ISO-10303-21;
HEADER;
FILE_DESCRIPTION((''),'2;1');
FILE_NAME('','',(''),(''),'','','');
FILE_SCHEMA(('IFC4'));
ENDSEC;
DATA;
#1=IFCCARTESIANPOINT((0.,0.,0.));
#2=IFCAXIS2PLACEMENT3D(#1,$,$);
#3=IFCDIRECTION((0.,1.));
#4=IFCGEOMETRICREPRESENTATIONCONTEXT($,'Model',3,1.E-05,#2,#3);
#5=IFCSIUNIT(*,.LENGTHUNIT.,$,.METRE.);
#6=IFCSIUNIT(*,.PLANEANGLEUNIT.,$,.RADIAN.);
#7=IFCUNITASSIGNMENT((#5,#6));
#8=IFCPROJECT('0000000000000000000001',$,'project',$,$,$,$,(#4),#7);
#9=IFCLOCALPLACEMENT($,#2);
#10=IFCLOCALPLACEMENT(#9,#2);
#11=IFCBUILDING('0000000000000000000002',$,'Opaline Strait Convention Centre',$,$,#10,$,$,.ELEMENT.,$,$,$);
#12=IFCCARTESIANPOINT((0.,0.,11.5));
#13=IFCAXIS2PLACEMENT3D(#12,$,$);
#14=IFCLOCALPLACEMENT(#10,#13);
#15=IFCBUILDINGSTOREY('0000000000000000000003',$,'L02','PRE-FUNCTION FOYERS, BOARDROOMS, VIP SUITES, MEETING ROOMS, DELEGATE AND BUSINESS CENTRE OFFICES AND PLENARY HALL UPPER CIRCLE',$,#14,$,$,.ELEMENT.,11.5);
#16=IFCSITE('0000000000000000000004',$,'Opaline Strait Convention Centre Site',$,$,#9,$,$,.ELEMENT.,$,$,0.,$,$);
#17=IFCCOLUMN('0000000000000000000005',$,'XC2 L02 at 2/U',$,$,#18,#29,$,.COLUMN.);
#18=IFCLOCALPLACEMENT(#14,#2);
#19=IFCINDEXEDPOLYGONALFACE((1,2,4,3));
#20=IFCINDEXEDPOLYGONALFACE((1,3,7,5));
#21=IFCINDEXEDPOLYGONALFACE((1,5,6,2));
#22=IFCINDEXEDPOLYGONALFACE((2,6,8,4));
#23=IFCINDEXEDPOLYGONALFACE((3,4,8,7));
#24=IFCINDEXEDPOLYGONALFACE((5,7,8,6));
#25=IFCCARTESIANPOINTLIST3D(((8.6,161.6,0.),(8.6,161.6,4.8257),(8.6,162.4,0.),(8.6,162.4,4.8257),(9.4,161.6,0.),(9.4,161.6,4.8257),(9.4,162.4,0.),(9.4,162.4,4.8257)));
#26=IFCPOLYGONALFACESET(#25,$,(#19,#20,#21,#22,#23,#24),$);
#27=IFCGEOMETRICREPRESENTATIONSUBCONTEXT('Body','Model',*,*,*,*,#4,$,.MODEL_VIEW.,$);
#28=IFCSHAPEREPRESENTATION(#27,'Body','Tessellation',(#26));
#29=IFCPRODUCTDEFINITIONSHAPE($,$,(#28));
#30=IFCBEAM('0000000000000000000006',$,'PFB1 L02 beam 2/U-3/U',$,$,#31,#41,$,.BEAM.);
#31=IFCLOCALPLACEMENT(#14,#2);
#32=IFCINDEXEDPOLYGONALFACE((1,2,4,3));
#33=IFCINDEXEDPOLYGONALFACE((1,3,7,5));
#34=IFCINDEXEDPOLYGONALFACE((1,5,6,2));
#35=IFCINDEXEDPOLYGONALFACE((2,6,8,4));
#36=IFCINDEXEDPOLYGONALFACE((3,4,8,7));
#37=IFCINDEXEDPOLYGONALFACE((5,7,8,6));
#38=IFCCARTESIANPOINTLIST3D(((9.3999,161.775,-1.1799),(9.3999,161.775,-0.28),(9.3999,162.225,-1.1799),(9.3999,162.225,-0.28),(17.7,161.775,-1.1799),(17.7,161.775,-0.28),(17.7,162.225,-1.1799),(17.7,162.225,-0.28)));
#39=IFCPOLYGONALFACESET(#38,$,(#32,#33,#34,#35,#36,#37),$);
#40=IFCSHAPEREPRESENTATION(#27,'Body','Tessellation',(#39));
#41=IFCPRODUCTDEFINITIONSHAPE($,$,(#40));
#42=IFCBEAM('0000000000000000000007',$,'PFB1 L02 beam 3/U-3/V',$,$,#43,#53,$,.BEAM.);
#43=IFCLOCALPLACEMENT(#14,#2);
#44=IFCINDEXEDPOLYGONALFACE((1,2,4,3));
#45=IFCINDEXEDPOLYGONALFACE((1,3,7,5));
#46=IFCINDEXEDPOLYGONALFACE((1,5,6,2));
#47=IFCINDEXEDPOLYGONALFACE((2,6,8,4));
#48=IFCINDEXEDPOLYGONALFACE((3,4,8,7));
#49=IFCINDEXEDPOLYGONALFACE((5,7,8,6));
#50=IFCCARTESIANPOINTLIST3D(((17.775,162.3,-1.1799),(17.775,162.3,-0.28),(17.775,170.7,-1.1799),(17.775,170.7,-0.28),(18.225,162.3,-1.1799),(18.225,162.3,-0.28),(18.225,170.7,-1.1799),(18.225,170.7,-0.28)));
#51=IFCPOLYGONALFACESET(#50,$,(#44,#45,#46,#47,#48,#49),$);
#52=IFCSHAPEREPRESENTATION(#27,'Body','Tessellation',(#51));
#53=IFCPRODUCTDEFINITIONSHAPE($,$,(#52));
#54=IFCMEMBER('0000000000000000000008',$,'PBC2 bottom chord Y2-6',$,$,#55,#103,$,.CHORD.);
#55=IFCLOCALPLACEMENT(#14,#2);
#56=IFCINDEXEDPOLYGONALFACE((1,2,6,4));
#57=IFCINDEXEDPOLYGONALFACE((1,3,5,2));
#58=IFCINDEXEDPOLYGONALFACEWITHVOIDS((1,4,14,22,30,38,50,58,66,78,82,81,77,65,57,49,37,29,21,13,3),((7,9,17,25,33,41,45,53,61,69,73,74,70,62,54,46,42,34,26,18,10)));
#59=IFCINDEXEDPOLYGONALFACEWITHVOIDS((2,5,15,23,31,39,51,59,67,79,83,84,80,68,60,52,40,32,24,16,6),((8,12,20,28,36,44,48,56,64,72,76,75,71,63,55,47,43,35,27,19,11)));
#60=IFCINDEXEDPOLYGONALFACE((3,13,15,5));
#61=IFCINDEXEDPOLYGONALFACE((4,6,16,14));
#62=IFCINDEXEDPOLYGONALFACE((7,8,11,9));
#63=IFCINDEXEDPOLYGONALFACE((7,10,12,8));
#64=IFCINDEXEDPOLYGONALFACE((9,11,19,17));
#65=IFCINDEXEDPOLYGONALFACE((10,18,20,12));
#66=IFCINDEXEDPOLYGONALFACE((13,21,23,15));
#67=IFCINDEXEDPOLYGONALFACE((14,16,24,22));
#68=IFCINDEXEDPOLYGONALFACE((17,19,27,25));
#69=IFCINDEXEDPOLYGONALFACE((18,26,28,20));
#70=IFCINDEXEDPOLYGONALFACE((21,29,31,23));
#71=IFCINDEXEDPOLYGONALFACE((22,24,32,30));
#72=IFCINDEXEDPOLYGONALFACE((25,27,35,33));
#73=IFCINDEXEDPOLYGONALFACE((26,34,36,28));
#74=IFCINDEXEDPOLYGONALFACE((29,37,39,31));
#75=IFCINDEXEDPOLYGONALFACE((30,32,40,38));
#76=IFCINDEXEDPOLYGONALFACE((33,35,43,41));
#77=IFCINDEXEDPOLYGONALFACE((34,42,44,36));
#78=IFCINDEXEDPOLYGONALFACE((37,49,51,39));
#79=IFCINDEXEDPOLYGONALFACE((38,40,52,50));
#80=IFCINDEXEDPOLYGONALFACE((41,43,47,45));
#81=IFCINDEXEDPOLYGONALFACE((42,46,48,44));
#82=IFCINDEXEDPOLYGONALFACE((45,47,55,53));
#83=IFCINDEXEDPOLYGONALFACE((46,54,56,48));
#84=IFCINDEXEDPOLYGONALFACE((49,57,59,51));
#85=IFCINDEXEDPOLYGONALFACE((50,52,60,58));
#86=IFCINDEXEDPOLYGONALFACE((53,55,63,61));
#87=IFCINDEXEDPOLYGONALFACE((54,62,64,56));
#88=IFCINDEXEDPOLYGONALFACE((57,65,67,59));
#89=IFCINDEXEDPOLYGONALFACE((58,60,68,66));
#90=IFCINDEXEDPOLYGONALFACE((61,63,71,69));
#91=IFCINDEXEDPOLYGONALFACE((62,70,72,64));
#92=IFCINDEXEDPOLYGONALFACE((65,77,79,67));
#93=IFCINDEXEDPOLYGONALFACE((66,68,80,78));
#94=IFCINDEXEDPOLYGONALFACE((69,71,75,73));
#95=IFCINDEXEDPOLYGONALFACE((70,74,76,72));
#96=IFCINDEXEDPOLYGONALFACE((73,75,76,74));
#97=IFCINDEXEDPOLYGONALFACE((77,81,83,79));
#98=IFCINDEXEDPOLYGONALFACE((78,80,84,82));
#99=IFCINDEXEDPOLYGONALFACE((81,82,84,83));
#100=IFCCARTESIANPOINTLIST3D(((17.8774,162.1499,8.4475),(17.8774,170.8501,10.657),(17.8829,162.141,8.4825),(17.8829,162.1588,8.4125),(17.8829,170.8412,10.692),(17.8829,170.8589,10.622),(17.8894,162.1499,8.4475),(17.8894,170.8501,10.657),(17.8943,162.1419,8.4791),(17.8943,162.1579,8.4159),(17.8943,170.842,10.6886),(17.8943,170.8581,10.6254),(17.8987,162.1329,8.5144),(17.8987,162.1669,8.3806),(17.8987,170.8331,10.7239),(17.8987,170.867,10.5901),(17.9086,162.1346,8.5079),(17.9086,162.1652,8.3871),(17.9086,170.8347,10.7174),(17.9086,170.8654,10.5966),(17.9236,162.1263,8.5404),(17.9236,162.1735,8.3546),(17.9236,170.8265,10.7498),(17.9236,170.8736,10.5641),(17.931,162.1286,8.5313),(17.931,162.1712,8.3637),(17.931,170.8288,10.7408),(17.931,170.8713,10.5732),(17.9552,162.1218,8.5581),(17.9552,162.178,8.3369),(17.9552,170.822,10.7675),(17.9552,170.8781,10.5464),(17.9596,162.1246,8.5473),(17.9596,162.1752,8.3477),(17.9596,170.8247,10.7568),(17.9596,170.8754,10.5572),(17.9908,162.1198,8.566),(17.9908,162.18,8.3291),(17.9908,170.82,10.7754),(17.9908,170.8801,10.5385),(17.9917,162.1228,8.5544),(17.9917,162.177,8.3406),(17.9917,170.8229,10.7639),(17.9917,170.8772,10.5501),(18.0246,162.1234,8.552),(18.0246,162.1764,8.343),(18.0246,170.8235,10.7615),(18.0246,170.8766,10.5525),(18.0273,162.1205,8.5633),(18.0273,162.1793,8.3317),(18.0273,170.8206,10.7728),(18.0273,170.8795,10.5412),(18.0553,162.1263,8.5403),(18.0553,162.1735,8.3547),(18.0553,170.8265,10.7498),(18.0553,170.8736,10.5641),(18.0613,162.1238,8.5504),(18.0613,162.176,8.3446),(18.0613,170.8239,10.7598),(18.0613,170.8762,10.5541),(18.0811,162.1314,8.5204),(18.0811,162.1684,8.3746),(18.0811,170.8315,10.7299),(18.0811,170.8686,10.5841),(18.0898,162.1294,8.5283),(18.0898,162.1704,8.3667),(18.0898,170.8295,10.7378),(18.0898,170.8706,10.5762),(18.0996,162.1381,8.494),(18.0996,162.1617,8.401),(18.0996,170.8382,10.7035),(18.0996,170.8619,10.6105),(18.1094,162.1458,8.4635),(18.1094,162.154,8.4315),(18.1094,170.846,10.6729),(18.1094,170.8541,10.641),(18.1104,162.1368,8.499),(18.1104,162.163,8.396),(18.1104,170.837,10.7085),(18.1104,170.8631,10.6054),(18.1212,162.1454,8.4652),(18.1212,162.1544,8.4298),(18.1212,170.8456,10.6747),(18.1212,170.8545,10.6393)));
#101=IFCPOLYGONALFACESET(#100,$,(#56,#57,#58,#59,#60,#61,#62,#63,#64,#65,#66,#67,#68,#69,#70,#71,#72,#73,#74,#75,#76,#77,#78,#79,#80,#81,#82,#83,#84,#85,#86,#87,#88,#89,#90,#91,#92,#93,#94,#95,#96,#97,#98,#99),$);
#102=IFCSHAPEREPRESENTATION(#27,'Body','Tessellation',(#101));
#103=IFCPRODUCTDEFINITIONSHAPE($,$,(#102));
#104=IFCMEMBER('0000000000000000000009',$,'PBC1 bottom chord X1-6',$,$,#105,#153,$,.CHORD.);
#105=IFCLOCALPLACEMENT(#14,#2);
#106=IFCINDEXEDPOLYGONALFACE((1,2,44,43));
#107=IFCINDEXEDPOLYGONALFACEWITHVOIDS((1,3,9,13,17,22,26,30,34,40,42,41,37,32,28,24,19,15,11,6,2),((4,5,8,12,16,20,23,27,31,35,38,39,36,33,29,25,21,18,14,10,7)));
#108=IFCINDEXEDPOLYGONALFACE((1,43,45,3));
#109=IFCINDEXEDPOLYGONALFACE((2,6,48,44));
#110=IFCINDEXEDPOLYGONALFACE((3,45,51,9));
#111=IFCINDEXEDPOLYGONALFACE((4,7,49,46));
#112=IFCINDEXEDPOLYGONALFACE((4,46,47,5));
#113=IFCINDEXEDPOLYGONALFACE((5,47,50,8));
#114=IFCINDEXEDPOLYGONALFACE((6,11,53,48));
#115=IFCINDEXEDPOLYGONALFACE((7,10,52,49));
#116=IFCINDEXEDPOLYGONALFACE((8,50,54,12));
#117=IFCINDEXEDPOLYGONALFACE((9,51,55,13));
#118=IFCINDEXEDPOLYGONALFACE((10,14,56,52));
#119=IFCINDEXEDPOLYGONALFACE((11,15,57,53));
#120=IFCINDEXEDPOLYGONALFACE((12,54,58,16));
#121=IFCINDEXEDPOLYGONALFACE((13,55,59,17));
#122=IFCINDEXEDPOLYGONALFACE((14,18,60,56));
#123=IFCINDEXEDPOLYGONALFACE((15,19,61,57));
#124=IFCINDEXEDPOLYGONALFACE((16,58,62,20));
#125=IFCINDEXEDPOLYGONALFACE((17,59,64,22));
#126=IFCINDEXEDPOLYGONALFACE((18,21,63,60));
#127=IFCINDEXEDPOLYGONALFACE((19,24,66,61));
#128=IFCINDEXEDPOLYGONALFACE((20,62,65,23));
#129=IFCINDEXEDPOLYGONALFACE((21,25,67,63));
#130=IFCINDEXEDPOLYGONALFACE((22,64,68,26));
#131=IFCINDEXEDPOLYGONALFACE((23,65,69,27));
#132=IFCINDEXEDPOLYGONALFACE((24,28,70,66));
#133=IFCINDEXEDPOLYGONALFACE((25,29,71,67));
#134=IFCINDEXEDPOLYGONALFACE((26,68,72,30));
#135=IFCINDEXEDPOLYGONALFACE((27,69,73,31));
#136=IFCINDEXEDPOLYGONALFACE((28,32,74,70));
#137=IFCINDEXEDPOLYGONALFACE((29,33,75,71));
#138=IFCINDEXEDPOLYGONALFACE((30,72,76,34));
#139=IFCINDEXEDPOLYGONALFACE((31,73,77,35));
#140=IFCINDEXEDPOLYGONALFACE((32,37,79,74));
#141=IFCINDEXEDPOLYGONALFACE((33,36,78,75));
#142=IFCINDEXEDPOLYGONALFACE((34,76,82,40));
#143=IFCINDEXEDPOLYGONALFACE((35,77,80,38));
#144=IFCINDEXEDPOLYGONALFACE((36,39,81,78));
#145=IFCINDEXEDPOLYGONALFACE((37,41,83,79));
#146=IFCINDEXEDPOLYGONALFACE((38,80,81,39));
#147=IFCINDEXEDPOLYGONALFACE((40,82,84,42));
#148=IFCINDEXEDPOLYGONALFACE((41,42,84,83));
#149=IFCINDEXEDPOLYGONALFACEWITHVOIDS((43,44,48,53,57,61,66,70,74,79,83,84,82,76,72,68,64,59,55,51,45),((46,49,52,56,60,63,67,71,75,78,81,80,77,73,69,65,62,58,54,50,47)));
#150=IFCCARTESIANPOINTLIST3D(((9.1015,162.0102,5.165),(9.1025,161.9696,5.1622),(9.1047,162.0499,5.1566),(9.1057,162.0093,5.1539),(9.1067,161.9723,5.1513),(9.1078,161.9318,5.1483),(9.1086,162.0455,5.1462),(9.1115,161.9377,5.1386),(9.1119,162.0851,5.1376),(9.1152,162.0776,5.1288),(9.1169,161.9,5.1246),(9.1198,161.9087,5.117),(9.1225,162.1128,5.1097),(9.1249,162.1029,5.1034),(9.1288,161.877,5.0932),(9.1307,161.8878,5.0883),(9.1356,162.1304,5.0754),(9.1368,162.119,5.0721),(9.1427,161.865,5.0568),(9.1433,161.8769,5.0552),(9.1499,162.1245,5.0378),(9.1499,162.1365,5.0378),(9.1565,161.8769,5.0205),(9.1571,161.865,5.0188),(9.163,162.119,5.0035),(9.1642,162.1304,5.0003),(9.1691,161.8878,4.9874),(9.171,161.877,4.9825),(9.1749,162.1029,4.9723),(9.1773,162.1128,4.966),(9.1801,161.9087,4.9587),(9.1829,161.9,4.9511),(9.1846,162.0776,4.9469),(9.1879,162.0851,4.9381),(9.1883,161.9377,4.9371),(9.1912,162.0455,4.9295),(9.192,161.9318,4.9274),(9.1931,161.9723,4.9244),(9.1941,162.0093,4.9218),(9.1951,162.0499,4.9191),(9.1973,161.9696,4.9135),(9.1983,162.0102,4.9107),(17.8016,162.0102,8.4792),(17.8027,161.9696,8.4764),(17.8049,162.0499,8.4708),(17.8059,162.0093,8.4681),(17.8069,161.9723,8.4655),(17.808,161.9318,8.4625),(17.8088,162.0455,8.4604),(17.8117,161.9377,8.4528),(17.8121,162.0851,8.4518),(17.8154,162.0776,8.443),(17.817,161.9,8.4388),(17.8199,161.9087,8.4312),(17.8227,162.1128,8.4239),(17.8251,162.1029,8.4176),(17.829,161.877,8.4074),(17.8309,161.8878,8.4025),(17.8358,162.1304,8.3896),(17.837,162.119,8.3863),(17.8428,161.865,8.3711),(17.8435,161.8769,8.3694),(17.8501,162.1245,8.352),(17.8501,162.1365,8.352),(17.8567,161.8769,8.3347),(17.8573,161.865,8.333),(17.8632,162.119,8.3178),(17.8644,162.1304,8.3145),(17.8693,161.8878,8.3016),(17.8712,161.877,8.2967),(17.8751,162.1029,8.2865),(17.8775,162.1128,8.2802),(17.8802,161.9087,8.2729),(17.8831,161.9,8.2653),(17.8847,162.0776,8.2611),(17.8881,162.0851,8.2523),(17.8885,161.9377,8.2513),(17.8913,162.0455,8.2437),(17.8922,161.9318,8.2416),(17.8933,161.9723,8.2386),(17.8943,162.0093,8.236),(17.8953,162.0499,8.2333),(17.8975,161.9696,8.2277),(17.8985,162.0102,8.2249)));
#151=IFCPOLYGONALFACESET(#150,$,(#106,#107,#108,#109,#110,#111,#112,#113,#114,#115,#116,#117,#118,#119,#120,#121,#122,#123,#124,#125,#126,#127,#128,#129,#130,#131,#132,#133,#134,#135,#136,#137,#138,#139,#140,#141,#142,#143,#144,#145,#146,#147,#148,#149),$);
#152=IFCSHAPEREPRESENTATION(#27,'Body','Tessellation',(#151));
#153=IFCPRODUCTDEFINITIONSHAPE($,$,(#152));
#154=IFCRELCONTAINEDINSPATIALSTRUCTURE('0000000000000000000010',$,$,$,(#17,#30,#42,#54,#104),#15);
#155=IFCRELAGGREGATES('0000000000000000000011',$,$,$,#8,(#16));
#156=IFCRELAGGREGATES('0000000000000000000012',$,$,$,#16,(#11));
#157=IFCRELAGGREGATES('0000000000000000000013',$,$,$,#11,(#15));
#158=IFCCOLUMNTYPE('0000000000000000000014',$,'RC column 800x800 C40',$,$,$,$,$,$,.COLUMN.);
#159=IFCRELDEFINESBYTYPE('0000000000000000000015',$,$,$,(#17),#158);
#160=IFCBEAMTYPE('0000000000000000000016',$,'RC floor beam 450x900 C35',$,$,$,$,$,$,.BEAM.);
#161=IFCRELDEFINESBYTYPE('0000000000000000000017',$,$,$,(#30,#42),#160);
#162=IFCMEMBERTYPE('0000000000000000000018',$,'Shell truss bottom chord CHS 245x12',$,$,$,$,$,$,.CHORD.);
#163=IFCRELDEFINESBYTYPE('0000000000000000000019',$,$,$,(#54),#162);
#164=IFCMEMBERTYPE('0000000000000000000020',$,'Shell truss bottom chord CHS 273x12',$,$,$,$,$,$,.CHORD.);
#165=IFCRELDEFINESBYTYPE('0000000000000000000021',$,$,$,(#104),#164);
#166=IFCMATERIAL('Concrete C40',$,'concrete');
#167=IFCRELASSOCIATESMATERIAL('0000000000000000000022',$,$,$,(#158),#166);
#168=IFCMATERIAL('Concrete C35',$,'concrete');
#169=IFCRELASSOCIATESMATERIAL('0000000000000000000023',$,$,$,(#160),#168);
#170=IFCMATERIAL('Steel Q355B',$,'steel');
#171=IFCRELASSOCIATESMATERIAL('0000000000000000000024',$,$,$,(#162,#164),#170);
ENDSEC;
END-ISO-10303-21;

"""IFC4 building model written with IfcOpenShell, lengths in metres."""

from ifc_helpers import new_model, si_unit, direction, frame, origin, origin_2d, place, context, subcontext, project, spatial, rectangle, hollow_circle, extrude, material, material_profile, profile_set, type_object, element, save


model = new_model("IFC4")

# Units and contexts
model_context = context("Model", 3, precision=1e-05, world=origin(), true_north=direction((0.0, 1.0)))
body_context = subcontext(model_context, "Body", "Model", "MODEL_VIEW")
ifc_project = project(units=[si_unit("LENGTHUNIT", "METRE"), si_unit("PLANEANGLEUNIT", "RADIAN")], contexts=[model_context])

# Site, building, storey
site_placement = place(None, origin())
site = spatial("IfcSite", under=ifc_project, at=site_placement, Name="Opaline Strait Convention Centre Site", CompositionType="ELEMENT", RefElevation=0.0)
building_placement = place(site_placement, origin())
building = spatial("IfcBuilding", under=site, at=building_placement, Name="Opaline Strait Convention Centre", CompositionType="ELEMENT")
storey_placement = place(building_placement, frame((0.0, 0.0, 11.5)))
storey = spatial("IfcBuildingStorey", under=building, at=storey_placement, Name="L02", Description="PRE-FUNCTION FOYERS, BOARDROOMS, VIP SUITES, MEETING ROOMS, DELEGATE AND BUSINESS CENTRE OFFICES AND PLENARY HALL UPPER CIRCLE", CompositionType="ELEMENT", Elevation=11.5)

# Column
ifc_material_1 = material(Name="Concrete C40", Category="concrete")
ifc_material_profile_1 = material_profile(ifc_material_1, rectangle(XDim=0.8, YDim=0.8, at=origin_2d()), Name="RC 800x800")
ifc_profile_set_1 = profile_set([ifc_material_profile_1], Name="Concrete C40")
column_type = type_object("IfcColumnType", Name="RC column 800x800 C40", PredefinedType="COLUMN", material=ifc_profile_set_1)
column_placement = place(storey_placement, frame((9.0, 162.0, 0.0), z_axis=(0.0, 0.0, 1.0), x_axis=(1.0, 0.0, 0.0)))
element("IfcColumn", 1, at=column_placement, inside=storey, type_object=column_type, Name="XC2 L02 at 2/U", PredefinedType="COLUMN", context=body_context, shape_type="SweptSolid", body=[
    extrude(rectangle(XDim=0.8, YDim=0.8, at=origin_2d()), origin(), (0.0, 0.0, 1.0), 4.8257),
])

# Beams
ifc_material_2 = material(Name="Concrete C35", Category="concrete")
ifc_material_profile_2 = material_profile(ifc_material_2, rectangle(XDim=0.45, YDim=0.8999, at=origin_2d()), Name="RC 450x900")
ifc_profile_set_2 = profile_set([ifc_material_profile_2], Name="Concrete C35")
beam_type = type_object("IfcBeamType", Name="RC floor beam 450x900 C35", PredefinedType="BEAM", material=ifc_profile_set_2)
beam_1_placement = place(storey_placement, frame((9.3999, 162.0, -0.73), z_axis=(1.0, 0.0, 0.0), x_axis=(0.0, 1.0, 0.0)))
element("IfcBeam", 2, at=beam_1_placement, inside=storey, type_object=beam_type, Name="PFB1 L02 beam 2/U-3/U", PredefinedType="BEAM", context=body_context, shape_type="SweptSolid", body=[
    extrude(rectangle(XDim=0.45, YDim=0.8999, at=origin_2d()), origin(), (0.0, 0.0, 1.0), 8.3),
])
beam_2_placement = place(storey_placement, frame((18.0, 162.3, -0.73), z_axis=(0.0, 1.0, 0.0), x_axis=(-1.0, 0.0, 0.0)))
element("IfcBeam", 3, at=beam_2_placement, inside=storey, type_object=beam_type, Name="PFB1 L02 beam 3/U-3/V", PredefinedType="BEAM", context=body_context, shape_type="SweptSolid", body=[
    extrude(rectangle(XDim=0.45, YDim=0.8999, at=origin_2d()), origin(), (0.0, 0.0, 1.0), 8.3999),
])

# Members
ifc_material_3 = material(Name="Steel Q355B", Category="steel")
ifc_material_profile_3 = material_profile(ifc_material_3, hollow_circle(Radius=0.1226, WallThickness=0.012, at=origin_2d()), Name="CHS 245x12")
ifc_profile_set_3 = profile_set([ifc_material_profile_3], Name="Steel Q355B")
member_type_1 = type_object("IfcMemberType", Name="Shell truss bottom chord CHS 245x12", PredefinedType="CHORD", material=ifc_profile_set_3)
member_1_placement = place(storey_placement, frame((18.0, 162.1499, 8.4475), z_axis=(0.0, 0.969233, 0.246143), x_axis=(-1.0, 0.0, 0.0)))
element("IfcMember", 4, at=member_1_placement, inside=storey, type_object=member_type_1, Name="PBC2 bottom chord Y2-6", PredefinedType="CHORD", context=body_context, shape_type="SweptSolid", body=[
    extrude(hollow_circle(Radius=0.1226, WallThickness=0.012, at=origin_2d()), origin(), (0.0, 0.0, 1.0), 8.9763),
])
ifc_material_profile_4 = material_profile(ifc_material_3, hollow_circle(Radius=0.1365, WallThickness=0.012, at=origin_2d()), Name="CHS 273x12")
ifc_profile_set_4 = profile_set([ifc_material_profile_4], Name="Steel Q355B")
member_type_2 = type_object("IfcMemberType", Name="Shell truss bottom chord CHS 273x12", PredefinedType="CHORD", material=ifc_profile_set_4)
member_2_placement = place(storey_placement, frame((9.1499, 162.0, 5.0378), z_axis=(0.934493, 0.0, 0.355981), x_axis=(0.0, 1.0, 0.0)))
element("IfcMember", 5, at=member_2_placement, inside=storey, type_object=member_type_2, Name="PBC1 bottom chord X1-6", PredefinedType="CHORD", context=body_context, shape_type="SweptSolid", body=[
    extrude(hollow_circle(Radius=0.1365, WallThickness=0.012, at=origin_2d()), origin(), (0.0, 0.0, 1.0), 9.3101),
])

save(model, "model.ifc")
